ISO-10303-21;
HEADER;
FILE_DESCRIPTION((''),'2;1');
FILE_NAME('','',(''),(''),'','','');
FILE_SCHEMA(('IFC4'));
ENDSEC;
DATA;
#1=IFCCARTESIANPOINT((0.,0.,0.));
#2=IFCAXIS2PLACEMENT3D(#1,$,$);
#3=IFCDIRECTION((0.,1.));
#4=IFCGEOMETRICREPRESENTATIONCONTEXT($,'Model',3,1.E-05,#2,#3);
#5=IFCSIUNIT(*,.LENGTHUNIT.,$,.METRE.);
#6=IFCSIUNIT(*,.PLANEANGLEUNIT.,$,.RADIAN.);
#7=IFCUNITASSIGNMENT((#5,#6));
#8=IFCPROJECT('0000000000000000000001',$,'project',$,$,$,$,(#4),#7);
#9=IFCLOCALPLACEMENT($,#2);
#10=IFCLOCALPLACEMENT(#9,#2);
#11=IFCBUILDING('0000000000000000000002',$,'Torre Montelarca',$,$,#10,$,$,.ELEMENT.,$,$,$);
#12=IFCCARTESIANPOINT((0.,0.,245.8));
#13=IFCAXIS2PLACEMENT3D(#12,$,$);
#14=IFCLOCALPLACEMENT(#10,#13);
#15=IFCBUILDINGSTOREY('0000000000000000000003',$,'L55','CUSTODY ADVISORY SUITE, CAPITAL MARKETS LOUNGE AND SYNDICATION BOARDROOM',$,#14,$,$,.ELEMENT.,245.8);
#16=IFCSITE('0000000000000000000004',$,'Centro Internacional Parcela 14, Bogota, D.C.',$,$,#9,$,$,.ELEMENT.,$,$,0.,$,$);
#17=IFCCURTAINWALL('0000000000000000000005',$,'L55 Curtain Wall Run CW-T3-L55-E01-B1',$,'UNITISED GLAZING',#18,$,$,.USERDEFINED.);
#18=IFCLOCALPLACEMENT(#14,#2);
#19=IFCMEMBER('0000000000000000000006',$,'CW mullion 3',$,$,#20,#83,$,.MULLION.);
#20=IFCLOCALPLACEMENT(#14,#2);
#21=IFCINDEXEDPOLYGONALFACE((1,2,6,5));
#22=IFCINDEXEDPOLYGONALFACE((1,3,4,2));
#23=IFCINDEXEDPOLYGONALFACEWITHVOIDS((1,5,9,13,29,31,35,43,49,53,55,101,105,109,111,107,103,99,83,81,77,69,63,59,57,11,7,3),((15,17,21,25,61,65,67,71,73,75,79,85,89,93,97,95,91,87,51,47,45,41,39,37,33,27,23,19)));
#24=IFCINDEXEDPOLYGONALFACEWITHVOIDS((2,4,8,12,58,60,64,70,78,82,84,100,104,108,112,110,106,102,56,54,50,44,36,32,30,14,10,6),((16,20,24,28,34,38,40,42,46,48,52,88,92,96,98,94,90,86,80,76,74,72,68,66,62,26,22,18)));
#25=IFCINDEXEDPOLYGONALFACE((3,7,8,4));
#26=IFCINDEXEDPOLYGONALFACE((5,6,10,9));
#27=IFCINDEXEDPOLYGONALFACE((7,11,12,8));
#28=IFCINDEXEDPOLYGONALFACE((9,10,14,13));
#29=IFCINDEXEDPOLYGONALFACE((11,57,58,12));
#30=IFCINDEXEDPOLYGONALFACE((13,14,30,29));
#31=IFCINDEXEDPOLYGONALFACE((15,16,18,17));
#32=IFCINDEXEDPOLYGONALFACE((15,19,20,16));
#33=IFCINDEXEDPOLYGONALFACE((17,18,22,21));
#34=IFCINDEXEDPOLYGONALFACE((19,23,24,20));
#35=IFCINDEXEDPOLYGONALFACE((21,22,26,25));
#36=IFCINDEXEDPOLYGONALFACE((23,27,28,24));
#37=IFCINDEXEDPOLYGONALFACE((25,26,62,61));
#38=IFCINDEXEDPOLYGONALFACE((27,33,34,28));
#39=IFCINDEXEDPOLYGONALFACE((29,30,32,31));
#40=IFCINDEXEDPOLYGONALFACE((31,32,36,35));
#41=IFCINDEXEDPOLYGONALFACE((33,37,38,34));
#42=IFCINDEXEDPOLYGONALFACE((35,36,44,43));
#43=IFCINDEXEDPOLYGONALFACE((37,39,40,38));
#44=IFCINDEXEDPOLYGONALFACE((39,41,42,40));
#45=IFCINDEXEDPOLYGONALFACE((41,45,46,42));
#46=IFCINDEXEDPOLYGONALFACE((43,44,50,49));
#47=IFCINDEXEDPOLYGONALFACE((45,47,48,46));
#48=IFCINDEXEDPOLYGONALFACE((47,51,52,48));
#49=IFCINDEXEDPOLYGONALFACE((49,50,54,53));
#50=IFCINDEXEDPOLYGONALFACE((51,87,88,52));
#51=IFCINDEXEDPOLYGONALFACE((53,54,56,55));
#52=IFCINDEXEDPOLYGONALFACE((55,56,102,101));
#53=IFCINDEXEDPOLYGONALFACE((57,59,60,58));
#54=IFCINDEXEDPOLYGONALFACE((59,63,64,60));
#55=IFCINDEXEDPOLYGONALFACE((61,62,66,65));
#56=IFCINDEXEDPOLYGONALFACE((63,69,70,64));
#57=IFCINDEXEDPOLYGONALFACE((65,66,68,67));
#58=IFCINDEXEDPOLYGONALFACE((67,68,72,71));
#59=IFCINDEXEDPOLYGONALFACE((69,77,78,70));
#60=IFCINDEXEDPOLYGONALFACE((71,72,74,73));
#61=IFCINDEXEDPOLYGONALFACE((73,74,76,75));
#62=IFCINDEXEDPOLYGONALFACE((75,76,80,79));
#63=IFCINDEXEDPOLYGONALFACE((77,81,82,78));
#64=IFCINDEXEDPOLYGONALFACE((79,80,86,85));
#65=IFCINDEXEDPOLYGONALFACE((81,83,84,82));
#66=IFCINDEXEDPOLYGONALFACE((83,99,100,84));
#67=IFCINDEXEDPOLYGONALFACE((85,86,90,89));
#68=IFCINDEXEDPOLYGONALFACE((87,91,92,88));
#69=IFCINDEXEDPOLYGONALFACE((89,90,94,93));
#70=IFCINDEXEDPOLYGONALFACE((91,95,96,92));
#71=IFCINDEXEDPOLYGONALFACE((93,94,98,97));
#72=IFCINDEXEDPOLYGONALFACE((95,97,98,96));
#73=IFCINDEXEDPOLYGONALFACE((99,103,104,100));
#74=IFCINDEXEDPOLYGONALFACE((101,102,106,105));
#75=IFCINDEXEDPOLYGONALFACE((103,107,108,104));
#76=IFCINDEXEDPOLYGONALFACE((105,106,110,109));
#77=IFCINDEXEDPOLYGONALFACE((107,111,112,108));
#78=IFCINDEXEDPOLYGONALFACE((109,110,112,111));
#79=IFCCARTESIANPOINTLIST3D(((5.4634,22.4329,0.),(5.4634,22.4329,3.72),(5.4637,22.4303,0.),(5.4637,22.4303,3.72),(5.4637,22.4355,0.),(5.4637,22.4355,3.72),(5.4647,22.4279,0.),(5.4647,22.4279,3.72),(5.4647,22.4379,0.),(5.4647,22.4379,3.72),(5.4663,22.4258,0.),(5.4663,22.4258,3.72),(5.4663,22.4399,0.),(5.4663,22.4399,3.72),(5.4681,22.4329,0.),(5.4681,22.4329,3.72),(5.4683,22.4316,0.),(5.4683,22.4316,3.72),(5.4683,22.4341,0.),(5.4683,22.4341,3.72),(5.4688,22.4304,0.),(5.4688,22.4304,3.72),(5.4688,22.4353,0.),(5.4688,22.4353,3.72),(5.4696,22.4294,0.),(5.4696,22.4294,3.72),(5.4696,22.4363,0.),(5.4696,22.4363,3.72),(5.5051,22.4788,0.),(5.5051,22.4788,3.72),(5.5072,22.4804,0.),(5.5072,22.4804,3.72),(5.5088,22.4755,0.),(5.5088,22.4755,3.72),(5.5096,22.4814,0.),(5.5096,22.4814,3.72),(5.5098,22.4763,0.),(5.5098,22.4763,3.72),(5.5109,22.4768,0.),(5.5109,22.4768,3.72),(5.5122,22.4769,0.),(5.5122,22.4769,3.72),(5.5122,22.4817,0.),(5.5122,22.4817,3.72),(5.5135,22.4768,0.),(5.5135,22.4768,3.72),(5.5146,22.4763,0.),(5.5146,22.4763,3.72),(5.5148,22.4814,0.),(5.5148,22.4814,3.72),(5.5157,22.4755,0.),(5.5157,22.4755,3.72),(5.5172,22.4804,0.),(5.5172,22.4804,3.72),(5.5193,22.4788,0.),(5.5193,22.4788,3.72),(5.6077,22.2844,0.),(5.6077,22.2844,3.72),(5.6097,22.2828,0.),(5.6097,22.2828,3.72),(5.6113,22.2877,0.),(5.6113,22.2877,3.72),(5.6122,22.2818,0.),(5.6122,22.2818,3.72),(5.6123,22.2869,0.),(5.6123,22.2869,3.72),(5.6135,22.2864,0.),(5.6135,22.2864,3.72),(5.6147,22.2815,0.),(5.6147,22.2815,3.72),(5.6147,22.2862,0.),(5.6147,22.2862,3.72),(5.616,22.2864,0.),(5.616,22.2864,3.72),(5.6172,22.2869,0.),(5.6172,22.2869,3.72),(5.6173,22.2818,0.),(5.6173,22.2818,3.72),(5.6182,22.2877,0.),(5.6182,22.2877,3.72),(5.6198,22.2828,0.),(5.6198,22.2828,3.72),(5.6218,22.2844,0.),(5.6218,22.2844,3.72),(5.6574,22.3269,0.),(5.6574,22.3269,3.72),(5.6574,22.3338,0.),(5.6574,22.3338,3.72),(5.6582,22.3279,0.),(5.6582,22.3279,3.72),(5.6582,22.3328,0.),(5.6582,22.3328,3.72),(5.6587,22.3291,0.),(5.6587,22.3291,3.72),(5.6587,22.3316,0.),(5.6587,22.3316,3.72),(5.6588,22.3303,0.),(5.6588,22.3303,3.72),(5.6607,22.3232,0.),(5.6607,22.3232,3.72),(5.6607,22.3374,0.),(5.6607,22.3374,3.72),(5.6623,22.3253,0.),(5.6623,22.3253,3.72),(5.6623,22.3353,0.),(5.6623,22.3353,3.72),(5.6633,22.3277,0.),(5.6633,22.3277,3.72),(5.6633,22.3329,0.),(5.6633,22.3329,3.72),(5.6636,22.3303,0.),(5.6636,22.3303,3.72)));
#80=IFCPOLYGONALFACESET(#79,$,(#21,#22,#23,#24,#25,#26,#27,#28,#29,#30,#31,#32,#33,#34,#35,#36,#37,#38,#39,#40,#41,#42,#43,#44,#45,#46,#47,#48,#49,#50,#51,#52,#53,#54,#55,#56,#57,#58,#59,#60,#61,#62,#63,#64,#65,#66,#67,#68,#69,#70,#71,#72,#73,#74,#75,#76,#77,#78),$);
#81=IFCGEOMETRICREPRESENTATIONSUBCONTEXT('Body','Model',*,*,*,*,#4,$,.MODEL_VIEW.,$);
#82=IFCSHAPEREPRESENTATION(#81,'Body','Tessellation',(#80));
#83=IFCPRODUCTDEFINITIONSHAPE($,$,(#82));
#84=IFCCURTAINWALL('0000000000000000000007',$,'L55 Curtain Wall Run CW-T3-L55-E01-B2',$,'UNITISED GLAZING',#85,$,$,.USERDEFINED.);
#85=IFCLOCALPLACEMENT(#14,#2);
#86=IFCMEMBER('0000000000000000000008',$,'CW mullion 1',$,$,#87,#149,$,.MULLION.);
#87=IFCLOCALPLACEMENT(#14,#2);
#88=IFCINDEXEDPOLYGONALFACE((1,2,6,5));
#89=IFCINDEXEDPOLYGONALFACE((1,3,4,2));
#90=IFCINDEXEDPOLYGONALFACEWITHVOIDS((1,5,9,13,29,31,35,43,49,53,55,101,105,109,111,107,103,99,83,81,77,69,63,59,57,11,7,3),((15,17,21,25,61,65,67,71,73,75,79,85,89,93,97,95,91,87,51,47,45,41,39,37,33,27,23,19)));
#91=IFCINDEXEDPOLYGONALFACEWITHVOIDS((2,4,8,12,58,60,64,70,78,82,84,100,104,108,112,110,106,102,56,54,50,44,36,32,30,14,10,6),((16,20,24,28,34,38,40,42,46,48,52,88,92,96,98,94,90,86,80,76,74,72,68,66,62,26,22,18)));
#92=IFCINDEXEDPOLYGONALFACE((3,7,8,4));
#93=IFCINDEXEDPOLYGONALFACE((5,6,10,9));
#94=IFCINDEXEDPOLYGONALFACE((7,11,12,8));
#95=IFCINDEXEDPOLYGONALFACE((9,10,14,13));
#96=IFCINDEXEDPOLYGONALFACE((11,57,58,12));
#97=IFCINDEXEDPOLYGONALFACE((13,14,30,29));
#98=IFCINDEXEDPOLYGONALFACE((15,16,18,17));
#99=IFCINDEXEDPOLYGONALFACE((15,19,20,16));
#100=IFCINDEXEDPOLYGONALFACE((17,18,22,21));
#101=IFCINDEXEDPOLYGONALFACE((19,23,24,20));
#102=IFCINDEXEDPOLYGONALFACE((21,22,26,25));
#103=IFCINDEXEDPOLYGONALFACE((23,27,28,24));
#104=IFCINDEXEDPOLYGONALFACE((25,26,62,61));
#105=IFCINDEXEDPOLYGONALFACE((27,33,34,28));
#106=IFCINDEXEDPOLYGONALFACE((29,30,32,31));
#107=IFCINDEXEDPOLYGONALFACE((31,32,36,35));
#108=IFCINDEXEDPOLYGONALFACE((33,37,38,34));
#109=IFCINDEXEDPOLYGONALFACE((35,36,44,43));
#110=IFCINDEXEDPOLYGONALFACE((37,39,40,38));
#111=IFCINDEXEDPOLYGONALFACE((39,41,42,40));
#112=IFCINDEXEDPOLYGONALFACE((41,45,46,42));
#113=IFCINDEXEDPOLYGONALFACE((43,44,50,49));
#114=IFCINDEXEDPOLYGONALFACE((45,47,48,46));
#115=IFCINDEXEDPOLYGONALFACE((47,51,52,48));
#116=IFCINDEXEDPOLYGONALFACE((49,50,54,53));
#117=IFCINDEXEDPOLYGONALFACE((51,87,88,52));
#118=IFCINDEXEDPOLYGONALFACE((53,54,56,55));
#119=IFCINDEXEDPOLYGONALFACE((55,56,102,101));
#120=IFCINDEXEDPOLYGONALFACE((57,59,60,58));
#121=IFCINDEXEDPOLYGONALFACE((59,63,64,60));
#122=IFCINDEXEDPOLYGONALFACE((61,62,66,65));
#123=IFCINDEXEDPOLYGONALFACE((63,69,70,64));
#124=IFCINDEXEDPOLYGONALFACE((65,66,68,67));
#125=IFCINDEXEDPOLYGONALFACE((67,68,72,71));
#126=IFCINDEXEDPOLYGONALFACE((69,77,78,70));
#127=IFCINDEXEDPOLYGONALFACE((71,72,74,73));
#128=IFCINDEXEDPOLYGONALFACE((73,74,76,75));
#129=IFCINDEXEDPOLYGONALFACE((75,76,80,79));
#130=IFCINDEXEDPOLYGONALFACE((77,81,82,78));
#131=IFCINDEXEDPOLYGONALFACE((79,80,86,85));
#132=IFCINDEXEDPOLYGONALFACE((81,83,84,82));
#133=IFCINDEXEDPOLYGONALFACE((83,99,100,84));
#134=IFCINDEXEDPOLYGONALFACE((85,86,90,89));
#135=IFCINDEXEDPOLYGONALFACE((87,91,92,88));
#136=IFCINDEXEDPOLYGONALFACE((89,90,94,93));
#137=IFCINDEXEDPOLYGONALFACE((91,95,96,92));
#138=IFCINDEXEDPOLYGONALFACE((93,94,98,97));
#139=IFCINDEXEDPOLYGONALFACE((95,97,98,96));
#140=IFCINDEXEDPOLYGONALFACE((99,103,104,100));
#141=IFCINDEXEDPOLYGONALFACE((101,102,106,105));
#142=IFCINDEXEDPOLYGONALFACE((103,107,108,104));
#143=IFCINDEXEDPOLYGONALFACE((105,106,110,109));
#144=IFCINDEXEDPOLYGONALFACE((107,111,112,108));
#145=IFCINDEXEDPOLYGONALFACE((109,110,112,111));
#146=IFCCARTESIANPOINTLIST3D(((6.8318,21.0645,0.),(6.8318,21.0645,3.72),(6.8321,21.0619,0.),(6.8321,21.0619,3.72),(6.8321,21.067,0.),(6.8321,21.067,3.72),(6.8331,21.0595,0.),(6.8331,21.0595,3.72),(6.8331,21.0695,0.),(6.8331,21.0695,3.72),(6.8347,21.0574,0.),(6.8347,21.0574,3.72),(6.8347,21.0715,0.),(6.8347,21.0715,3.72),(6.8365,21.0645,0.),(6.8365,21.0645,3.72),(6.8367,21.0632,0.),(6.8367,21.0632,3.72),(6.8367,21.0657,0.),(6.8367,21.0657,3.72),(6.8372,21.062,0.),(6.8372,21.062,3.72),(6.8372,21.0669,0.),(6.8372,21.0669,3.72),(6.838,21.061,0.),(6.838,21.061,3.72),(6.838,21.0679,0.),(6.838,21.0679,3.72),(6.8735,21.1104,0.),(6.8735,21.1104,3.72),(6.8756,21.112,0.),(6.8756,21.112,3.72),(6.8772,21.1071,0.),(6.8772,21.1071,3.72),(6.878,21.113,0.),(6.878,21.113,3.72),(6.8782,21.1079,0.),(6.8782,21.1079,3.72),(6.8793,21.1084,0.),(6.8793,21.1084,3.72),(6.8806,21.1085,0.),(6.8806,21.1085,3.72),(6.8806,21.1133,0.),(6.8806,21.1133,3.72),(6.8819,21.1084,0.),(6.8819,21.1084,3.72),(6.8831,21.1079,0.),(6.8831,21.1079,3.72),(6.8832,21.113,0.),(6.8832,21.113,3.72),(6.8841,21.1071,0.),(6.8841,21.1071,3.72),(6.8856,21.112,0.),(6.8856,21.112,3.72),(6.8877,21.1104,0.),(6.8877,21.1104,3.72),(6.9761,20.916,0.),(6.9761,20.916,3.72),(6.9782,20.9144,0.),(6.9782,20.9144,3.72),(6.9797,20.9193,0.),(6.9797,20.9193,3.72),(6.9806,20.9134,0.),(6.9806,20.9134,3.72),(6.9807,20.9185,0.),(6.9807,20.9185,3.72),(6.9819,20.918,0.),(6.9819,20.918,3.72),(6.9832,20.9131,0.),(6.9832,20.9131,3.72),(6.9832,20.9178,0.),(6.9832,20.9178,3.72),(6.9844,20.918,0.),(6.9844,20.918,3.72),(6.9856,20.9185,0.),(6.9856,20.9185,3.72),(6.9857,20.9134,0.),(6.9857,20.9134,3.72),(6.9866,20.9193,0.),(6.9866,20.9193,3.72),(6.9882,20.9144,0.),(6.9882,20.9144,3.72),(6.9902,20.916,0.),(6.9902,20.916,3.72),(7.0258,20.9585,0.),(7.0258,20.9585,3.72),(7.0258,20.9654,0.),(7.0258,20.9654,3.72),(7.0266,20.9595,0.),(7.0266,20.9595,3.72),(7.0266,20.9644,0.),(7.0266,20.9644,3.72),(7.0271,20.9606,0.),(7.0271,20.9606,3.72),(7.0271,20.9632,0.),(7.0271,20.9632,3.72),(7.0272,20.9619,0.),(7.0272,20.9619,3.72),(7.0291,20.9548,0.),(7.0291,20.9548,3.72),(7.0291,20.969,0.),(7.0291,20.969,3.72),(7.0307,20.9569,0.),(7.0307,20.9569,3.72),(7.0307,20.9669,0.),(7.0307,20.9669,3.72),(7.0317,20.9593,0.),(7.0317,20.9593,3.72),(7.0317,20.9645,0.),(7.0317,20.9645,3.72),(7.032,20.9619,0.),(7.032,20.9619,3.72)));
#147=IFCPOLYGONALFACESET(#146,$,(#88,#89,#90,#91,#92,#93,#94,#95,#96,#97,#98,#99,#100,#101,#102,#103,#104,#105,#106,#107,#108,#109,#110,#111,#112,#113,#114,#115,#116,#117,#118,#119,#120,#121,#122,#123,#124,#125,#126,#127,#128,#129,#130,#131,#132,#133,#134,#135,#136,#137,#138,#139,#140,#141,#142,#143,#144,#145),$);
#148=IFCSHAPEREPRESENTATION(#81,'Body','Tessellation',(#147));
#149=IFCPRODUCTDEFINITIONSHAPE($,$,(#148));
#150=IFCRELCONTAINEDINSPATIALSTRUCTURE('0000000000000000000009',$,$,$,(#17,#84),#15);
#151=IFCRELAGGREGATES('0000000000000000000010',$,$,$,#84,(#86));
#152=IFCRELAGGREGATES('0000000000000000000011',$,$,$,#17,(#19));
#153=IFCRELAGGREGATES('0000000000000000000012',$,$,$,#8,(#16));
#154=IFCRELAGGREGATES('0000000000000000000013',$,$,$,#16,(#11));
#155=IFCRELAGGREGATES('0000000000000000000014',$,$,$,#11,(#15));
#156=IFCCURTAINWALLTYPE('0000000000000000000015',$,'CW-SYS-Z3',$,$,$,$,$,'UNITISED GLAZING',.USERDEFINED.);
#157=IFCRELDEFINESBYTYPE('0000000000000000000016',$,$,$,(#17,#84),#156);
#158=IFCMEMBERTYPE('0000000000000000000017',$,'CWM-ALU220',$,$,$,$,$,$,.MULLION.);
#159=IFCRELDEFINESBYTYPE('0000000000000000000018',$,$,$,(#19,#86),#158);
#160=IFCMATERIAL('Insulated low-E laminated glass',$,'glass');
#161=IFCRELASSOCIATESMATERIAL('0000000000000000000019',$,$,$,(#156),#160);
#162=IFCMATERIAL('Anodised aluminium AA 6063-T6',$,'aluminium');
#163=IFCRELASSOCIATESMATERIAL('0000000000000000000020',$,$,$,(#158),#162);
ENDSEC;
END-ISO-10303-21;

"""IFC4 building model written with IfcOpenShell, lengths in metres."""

from ifc_helpers import new_model, si_unit, direction, frame, origin, origin_2d, place, context, subcontext, project, spatial, hollow_rectangle, extrude, source, transform, mapped, material, material_profile, profile_set, type_object, element, aggregate, save


model = new_model("IFC4")

# Units and contexts
model_context = context("Model", 3, precision=1e-05, world=origin(), true_north=direction((0.0, 1.0)))
body_context = subcontext(model_context, "Body", "Model", "MODEL_VIEW")
ifc_project = project(units=[si_unit("LENGTHUNIT", "METRE"), si_unit("PLANEANGLEUNIT", "RADIAN")], contexts=[model_context])

# Site, building, storey
site_placement = place(None, origin())
site = spatial("IfcSite", under=ifc_project, at=site_placement, Name="Centro Internacional Parcela 14, Bogota, D.C.", CompositionType="ELEMENT", RefElevation=0.0)
building_placement = place(site_placement, origin())
building = spatial("IfcBuilding", under=site, at=building_placement, Name="Torre Montelarca", CompositionType="ELEMENT")
storey_placement = place(building_placement, frame((0.0, 0.0, 245.8)))
storey = spatial("IfcBuildingStorey", under=building, at=storey_placement, Name="L55", Description="CUSTODY ADVISORY SUITE, CAPITAL MARKETS LOUNGE AND SYNDICATION BOARDROOM", CompositionType="ELEMENT", Elevation=245.8)

# Curtain wall, member
ifc_material_1 = material(Name="Insulated low-E laminated glass", Category="glass")
curtain_wall_type = type_object("IfcCurtainWallType", Name="CW-SYS-Z3", ElementType="UNITISED GLAZING", PredefinedType="USERDEFINED", material=ifc_material_1)
curtain_wall_1_placement = place(storey_placement, origin())
curtain_wall_1 = element("IfcCurtainWall", 1, at=curtain_wall_1_placement, inside=storey, type_object=curtain_wall_type, Name="L55 Curtain Wall Run CW-T3-L55-E01-B1", ObjectType="UNITISED GLAZING", PredefinedType="USERDEFINED")
ifc_material_2 = material(Name="Anodised aluminium AA 6063-T6", Category="aluminium")
ifc_material_profile_1 = material_profile(ifc_material_2, hollow_rectangle(XDim=0.075, YDim=0.22, WallThickness=0.0049, InnerFilletRadius=0.0049, OuterFilletRadius=0.01, at=origin_2d()), Name="ALU75X220X5", Category="aluminium")
ifc_profile_set_1 = profile_set([ifc_material_profile_1], Name="Anodised aluminium AA 6063-T6")
member_type_1 = type_object("IfcMemberType", Name="CWM-ALU220", PredefinedType="MULLION", material=ifc_profile_set_1)
shared_shape_1 = source(origin(), body_context, "Body", "SweptSolid", [
    extrude(hollow_rectangle(XDim=0.075, YDim=0.22, WallThickness=0.0049, InnerFilletRadius=0.0049, OuterFilletRadius=0.01, at=origin_2d()), origin(), (0.0, 0.0, 1.0), 3.72),
])
member_1_placement = place(storey_placement, frame((5.5635, 22.3816, 0.0), z_axis=(0.0, 0.0, 1.0), x_axis=(0.707107, 0.707107, 0.0)))
member_1 = element("IfcMember", 2, at=member_1_placement, type_object=member_type_1, Name="CW mullion 3", PredefinedType="MULLION", context=body_context, shape_type="MappedRepresentation", body=[
    mapped(shared_shape_1, transform((0.0, 0.0, 0.0), scale=1.0)),
])

# Curtain wall, member
curtain_wall_2_placement = place(storey_placement, origin())
curtain_wall_2 = element("IfcCurtainWall", 3, at=curtain_wall_2_placement, inside=storey, type_object=curtain_wall_type, Name="L55 Curtain Wall Run CW-T3-L55-E01-B2", ObjectType="UNITISED GLAZING", PredefinedType="USERDEFINED")
member_2_placement = place(storey_placement, frame((6.9319, 21.0132, 0.0), z_axis=(0.0, 0.0, 1.0), x_axis=(0.707107, 0.707107, 0.0)))
member_2 = element("IfcMember", 4, at=member_2_placement, type_object=member_type_1, Name="CW mullion 1", PredefinedType="MULLION", context=body_context, shape_type="MappedRepresentation", body=[
    mapped(shared_shape_1, transform((0.0, 0.0, 0.0), scale=1.0)),
])
aggregate(curtain_wall_2, [member_2])

aggregate(curtain_wall_1, [member_1])

save(model, "model.ifc")
